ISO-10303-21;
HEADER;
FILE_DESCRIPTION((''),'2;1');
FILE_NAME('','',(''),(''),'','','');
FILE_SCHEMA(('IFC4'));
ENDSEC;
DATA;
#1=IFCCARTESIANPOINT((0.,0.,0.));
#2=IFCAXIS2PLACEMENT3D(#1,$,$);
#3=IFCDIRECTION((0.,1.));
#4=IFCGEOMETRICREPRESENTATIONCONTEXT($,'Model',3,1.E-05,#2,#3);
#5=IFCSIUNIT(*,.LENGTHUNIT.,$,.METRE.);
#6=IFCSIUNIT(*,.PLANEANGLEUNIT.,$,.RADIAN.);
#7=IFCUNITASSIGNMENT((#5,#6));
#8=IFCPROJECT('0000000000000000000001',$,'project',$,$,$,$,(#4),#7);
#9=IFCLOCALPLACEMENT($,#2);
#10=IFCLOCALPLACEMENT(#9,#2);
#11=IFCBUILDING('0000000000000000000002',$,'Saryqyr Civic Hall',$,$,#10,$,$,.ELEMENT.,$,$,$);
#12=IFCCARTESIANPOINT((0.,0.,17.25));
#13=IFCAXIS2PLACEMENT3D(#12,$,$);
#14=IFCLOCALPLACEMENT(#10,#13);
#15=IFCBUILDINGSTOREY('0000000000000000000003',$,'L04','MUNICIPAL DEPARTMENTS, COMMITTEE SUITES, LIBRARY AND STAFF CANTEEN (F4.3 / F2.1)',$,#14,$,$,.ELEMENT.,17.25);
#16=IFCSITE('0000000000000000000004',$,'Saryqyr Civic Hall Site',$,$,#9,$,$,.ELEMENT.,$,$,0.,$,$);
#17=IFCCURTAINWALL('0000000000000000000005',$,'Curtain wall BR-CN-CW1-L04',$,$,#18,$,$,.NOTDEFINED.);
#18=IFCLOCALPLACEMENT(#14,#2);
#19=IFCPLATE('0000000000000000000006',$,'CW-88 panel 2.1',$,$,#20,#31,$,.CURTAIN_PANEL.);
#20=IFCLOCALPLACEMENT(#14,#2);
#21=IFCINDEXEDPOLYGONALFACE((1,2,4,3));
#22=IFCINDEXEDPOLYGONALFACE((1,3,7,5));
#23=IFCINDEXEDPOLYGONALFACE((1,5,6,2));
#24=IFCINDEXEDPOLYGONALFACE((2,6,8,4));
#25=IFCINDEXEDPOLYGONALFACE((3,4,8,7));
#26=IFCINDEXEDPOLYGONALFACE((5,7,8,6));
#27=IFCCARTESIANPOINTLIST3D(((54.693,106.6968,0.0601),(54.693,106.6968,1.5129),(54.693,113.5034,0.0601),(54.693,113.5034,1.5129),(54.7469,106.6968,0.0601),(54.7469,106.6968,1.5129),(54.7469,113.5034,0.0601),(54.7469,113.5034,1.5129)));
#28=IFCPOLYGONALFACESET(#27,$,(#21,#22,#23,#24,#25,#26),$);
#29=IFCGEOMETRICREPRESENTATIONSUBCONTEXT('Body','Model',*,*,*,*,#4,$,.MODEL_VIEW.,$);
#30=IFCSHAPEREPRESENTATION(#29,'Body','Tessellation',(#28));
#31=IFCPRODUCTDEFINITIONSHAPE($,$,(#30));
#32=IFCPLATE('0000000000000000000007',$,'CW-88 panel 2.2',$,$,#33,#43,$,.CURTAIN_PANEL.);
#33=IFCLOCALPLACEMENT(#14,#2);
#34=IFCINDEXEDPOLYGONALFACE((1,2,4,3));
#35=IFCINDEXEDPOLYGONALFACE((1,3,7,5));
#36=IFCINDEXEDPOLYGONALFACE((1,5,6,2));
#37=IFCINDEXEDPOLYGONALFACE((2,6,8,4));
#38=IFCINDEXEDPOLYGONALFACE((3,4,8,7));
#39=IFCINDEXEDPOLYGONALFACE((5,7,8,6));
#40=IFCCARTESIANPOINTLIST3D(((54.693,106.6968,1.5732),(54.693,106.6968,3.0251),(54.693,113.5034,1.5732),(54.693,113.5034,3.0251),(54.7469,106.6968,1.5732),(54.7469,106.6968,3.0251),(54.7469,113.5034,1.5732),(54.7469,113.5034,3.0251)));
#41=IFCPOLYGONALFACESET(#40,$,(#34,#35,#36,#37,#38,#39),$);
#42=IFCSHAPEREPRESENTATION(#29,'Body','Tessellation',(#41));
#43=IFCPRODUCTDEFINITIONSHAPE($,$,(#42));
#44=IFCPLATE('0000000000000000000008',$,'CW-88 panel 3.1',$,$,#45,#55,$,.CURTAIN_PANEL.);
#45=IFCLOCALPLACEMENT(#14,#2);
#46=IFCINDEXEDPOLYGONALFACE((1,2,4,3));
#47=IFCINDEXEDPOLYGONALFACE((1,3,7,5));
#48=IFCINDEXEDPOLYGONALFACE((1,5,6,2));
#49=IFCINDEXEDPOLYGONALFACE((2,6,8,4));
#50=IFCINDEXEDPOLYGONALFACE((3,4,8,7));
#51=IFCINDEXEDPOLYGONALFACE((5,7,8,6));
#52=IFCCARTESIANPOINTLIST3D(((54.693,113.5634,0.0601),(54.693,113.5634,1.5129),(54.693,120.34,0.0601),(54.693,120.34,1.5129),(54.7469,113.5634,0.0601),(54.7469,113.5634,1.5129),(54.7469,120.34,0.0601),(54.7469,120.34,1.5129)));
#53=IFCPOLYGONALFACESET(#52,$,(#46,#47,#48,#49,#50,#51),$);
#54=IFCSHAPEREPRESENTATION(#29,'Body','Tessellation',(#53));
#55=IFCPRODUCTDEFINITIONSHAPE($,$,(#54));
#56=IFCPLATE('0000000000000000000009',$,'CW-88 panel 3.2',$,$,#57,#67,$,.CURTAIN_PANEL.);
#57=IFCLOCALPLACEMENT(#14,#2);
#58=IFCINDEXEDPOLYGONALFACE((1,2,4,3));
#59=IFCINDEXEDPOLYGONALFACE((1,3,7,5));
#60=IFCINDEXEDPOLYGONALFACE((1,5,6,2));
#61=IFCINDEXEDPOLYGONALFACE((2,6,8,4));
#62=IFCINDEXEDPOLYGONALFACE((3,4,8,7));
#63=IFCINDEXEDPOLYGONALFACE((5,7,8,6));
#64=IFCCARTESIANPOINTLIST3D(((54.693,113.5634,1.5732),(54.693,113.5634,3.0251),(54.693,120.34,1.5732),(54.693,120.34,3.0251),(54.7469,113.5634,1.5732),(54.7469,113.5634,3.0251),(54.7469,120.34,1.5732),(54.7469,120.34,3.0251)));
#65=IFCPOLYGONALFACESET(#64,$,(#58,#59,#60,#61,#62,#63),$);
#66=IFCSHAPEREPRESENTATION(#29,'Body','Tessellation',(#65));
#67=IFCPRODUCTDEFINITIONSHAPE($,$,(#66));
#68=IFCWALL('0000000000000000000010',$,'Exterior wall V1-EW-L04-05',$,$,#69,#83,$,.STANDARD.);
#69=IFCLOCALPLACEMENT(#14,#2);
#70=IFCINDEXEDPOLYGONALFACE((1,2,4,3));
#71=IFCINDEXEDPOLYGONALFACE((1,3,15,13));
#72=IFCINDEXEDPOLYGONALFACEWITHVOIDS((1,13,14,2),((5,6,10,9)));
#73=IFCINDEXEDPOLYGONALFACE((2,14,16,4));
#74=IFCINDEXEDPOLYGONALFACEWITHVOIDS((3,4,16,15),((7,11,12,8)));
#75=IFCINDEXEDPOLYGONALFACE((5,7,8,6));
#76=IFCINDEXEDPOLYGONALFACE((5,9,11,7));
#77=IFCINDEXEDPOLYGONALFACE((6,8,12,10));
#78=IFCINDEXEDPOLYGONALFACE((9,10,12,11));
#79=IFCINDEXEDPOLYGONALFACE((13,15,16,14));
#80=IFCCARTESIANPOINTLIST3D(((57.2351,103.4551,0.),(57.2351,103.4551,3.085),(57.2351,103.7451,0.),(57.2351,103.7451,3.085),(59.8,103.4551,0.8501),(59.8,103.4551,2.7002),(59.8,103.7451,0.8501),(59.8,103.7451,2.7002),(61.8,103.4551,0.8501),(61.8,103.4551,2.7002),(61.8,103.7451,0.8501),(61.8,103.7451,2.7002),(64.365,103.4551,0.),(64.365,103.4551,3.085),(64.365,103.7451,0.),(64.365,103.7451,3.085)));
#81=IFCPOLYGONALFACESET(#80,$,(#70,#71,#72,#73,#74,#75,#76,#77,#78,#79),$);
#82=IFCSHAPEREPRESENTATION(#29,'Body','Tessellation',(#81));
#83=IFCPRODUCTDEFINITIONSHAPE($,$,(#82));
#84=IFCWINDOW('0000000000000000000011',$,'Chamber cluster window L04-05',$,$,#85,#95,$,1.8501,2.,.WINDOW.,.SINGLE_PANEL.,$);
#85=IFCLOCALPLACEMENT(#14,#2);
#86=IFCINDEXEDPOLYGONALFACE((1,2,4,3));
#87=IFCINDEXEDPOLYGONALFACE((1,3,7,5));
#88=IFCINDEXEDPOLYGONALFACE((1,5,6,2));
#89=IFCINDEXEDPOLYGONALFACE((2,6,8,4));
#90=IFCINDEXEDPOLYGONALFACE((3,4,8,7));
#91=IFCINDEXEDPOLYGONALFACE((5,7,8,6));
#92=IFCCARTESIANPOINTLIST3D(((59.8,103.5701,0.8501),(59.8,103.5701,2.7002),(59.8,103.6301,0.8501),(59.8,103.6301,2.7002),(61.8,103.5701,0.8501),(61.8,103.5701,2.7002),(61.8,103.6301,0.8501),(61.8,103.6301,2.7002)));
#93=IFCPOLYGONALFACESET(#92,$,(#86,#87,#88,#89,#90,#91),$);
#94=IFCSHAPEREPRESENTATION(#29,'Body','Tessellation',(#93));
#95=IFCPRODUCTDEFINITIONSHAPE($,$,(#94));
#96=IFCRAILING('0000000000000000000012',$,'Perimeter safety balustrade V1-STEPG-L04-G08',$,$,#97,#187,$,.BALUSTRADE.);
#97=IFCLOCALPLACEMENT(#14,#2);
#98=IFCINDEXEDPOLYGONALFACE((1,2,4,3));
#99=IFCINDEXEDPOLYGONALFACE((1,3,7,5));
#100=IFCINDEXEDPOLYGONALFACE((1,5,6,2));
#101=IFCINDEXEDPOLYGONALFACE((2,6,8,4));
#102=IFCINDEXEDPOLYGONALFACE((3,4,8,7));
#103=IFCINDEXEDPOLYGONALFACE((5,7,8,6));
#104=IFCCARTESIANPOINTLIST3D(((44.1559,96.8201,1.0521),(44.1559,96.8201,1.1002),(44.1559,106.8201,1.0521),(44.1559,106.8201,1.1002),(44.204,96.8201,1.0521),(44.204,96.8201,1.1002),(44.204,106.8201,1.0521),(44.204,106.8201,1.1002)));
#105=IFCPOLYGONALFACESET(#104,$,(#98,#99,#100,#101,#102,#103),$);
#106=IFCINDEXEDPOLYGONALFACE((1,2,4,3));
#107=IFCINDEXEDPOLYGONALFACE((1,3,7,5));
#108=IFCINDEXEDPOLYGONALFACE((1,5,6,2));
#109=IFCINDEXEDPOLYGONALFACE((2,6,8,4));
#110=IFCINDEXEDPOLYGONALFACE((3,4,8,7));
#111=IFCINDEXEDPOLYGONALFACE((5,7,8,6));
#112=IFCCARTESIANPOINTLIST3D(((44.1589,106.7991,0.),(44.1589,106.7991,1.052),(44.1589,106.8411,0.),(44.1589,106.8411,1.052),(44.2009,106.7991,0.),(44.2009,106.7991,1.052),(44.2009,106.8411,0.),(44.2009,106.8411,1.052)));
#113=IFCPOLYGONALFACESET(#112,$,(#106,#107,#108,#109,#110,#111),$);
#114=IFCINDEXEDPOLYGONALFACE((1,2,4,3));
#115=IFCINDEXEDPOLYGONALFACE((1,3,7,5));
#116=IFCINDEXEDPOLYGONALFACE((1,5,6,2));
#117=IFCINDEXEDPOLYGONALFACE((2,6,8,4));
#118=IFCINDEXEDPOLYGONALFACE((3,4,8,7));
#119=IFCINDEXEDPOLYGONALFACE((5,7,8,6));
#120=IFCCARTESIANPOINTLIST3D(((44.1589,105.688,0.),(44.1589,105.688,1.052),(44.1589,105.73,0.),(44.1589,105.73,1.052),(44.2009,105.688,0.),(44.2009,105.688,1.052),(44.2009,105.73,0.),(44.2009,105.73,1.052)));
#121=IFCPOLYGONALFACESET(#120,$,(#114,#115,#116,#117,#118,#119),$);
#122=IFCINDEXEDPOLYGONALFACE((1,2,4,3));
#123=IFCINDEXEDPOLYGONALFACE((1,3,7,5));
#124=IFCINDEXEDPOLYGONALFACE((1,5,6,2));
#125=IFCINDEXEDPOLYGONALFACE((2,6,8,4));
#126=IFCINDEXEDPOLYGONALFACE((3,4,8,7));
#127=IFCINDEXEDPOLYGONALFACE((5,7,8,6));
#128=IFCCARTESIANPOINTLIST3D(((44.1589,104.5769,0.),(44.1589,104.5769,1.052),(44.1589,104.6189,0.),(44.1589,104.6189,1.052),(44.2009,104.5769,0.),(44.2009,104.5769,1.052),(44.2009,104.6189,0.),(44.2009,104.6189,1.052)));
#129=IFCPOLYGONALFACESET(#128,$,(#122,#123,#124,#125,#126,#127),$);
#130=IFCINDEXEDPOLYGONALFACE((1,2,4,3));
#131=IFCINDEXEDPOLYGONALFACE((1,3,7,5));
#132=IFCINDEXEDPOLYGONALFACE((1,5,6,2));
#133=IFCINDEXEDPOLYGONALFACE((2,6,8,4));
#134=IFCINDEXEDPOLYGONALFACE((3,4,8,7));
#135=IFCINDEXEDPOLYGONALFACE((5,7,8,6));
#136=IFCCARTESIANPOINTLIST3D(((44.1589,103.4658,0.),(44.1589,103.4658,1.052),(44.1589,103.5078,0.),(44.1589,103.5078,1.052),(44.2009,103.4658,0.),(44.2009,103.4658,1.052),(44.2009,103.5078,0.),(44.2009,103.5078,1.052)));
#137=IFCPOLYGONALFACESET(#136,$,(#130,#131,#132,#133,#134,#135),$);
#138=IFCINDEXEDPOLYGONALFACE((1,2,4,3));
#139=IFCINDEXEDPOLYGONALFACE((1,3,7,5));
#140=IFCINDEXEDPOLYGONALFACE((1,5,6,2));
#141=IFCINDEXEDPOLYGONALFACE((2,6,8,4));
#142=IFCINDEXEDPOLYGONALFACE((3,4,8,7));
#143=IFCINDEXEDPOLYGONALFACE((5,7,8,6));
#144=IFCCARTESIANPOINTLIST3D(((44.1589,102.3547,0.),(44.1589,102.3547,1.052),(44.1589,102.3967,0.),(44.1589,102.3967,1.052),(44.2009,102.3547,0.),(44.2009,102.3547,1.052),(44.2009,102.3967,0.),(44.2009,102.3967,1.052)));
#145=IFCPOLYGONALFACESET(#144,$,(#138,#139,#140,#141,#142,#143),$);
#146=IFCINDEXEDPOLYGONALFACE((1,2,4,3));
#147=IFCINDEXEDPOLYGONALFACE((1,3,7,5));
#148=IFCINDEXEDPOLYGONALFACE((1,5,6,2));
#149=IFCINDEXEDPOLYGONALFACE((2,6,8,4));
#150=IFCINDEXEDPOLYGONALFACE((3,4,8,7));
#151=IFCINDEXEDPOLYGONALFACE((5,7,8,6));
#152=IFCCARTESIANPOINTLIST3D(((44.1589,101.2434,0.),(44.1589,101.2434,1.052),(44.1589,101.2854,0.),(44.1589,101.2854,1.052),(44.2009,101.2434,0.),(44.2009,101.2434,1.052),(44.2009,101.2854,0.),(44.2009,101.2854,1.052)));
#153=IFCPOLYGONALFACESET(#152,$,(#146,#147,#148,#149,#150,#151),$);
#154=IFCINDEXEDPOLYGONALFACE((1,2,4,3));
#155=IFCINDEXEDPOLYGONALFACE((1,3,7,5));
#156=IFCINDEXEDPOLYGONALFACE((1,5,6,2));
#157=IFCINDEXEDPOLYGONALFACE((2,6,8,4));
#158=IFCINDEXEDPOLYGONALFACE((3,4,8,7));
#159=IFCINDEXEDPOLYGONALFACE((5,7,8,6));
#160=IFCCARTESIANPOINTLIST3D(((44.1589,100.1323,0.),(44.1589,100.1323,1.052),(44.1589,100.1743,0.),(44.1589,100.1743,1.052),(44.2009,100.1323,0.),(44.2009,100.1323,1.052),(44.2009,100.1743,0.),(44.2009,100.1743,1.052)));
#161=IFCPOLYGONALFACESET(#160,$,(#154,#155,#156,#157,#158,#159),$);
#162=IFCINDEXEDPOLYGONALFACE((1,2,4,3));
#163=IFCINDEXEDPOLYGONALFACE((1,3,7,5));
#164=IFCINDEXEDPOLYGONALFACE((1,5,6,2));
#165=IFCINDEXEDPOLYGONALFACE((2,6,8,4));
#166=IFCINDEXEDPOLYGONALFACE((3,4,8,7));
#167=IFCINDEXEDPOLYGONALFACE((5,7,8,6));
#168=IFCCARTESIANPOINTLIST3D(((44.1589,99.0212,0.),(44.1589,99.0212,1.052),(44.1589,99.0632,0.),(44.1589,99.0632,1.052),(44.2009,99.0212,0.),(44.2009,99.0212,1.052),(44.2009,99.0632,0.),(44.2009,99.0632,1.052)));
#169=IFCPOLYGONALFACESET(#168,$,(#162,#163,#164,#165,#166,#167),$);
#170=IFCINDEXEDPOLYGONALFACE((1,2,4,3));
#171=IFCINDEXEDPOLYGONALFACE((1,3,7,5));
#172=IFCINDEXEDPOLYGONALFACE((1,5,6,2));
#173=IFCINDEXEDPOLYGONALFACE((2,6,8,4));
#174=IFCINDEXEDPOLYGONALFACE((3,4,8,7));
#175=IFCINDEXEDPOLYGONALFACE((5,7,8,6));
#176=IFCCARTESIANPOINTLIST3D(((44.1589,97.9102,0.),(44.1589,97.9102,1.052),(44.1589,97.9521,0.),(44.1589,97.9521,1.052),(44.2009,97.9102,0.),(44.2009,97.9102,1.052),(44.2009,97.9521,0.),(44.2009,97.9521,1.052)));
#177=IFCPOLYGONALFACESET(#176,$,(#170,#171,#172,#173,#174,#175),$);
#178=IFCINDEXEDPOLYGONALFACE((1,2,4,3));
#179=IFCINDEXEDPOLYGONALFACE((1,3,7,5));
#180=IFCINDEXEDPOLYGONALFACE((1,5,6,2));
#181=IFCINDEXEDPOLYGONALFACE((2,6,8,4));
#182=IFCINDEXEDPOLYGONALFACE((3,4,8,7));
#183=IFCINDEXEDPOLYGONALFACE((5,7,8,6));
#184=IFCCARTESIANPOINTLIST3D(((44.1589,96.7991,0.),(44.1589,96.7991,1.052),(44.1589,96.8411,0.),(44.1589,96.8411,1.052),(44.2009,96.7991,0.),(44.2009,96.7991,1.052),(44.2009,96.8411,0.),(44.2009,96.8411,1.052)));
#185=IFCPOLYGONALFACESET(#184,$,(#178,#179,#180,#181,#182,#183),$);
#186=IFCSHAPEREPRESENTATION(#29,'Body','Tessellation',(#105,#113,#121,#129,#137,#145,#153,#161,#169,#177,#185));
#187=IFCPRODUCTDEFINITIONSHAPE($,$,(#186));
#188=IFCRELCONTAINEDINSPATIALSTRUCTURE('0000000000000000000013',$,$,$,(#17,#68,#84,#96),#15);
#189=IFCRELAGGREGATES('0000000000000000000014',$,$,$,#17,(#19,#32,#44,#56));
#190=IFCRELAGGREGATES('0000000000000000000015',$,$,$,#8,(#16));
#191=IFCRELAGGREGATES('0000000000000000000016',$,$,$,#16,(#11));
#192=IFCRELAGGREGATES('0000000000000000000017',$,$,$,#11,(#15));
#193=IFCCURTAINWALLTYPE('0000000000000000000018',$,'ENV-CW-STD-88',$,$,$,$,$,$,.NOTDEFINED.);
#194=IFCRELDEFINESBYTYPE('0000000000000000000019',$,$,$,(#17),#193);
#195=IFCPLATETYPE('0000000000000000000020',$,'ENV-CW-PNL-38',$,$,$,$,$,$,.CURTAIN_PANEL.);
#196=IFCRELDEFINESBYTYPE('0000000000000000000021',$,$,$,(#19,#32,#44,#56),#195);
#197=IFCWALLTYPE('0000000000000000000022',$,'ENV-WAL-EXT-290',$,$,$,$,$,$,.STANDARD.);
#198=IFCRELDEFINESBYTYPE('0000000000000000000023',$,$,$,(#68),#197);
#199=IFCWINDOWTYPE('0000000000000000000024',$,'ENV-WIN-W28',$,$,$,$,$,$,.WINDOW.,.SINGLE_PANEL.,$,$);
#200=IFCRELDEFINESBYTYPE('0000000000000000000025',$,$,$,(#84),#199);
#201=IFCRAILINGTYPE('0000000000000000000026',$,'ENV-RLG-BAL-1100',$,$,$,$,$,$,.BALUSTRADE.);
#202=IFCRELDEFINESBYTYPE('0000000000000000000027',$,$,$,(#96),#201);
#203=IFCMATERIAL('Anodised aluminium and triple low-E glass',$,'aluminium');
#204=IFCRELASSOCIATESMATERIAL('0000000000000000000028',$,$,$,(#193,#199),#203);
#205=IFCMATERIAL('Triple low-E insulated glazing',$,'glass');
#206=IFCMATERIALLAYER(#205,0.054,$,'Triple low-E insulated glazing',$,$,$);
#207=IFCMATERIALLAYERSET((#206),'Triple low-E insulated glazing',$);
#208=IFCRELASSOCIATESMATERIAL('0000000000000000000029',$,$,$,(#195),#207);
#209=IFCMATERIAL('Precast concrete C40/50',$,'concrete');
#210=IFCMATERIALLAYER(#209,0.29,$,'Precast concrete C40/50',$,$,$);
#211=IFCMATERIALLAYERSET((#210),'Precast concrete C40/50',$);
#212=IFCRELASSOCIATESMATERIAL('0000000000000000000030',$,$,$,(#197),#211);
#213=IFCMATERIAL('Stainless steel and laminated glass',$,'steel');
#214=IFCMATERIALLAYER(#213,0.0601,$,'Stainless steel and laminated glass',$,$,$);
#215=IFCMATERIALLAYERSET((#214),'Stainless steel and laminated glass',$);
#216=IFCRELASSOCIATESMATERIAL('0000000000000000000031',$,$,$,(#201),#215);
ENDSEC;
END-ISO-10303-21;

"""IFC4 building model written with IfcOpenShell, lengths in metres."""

from ifc_helpers import new_model, si_unit, direction, frame, frame_2d, origin, origin_2d, place, context, subcontext, project, spatial, rectangle, extrude, material, layer, layer_set, type_object, element, fill, aggregate, save


model = new_model("IFC4")

# Units and contexts
model_context = context("Model", 3, precision=1e-05, world=origin(), true_north=direction((0.0, 1.0)))
body_context = subcontext(model_context, "Body", "Model", "MODEL_VIEW")
ifc_project = project(units=[si_unit("LENGTHUNIT", "METRE"), si_unit("PLANEANGLEUNIT", "RADIAN")], contexts=[model_context])

# Site, building, storey
site_placement = place(None, origin())
site = spatial("IfcSite", under=ifc_project, at=site_placement, Name="Saryqyr Civic Hall Site", CompositionType="ELEMENT", RefElevation=0.0)
building_placement = place(site_placement, origin())
building = spatial("IfcBuilding", under=site, at=building_placement, Name="Saryqyr Civic Hall", CompositionType="ELEMENT")
storey_placement = place(building_placement, frame((0.0, 0.0, 17.25)))
storey = spatial("IfcBuildingStorey", under=building, at=storey_placement, Name="L04", Description="MUNICIPAL DEPARTMENTS, COMMITTEE SUITES, LIBRARY AND STAFF CANTEEN (F4.3 / F2.1)", CompositionType="ELEMENT", Elevation=17.25)

# Curtain wall
ifc_material_1 = material(Name="Anodised aluminium and triple low-E glass", Category="aluminium")
curtain_wall_type = type_object("IfcCurtainWallType", Name="ENV-CW-STD-88", PredefinedType="NOTDEFINED", material=ifc_material_1)
curtain_wall_placement = place(storey_placement, origin())
curtain_wall = element("IfcCurtainWall", 1, at=curtain_wall_placement, inside=storey, type_object=curtain_wall_type, Name="Curtain wall BR-CN-CW1-L04", PredefinedType="NOTDEFINED")

# Plates
ifc_material_2 = material(Name="Triple low-E insulated glazing", Category="glass")
ifc_layer_1 = layer(ifc_material_2, 0.054, Name="Triple low-E insulated glazing")
ifc_layer_set_1 = layer_set([ifc_layer_1], Name="Triple low-E insulated glazing")
plate_type = type_object("IfcPlateType", Name="ENV-CW-PNL-38", PredefinedType="CURTAIN_PANEL", material=ifc_layer_set_1)
plate_1_placement = place(storey_placement, frame((54.72, 110.1001, 0.0601), z_axis=(0.0, 0.0, 1.0), x_axis=(0.0, 1.0, 0.0)))
plate_1 = element("IfcPlate", 2, at=plate_1_placement, type_object=plate_type, Name="CW-88 panel 2.1", PredefinedType="CURTAIN_PANEL", context=body_context, shape_type="SweptSolid", body=[
    extrude(rectangle(XDim=6.8066, YDim=0.054, at=origin_2d()), origin(), (0.0, 0.0, 1.0), 1.4529),
])
plate_2_placement = place(storey_placement, frame((54.72, 110.1001, 1.5732), z_axis=(0.0, 0.0, 1.0), x_axis=(0.0, 1.0, 0.0)))
plate_2 = element("IfcPlate", 3, at=plate_2_placement, type_object=plate_type, Name="CW-88 panel 2.2", PredefinedType="CURTAIN_PANEL", context=body_context, shape_type="SweptSolid", body=[
    extrude(rectangle(XDim=6.8066, YDim=0.054, at=origin_2d()), origin(), (0.0, 0.0, 1.0), 1.4519),
])
plate_3_placement = place(storey_placement, frame((54.72, 116.9517, 0.0601), z_axis=(0.0, 0.0, 1.0), x_axis=(0.0, 1.0, 0.0)))
plate_3 = element("IfcPlate", 4, at=plate_3_placement, type_object=plate_type, Name="CW-88 panel 3.1", PredefinedType="CURTAIN_PANEL", context=body_context, shape_type="SweptSolid", body=[
    extrude(rectangle(XDim=6.7766, YDim=0.054, at=origin_2d()), origin(), (0.0, 0.0, 1.0), 1.4529),
])
plate_4_placement = place(storey_placement, frame((54.72, 116.9517, 1.5732), z_axis=(0.0, 0.0, 1.0), x_axis=(0.0, 1.0, 0.0)))
plate_4 = element("IfcPlate", 5, at=plate_4_placement, type_object=plate_type, Name="CW-88 panel 3.2", PredefinedType="CURTAIN_PANEL", context=body_context, shape_type="SweptSolid", body=[
    extrude(rectangle(XDim=6.7766, YDim=0.054, at=origin_2d()), origin(), (0.0, 0.0, 1.0), 1.4519),
])
aggregate(curtain_wall, [plate_1, plate_2, plate_3, plate_4])

# Wall, opening, window
ifc_material_3 = material(Name="Precast concrete C40/50", Category="concrete")
ifc_layer_2 = layer(ifc_material_3, 0.29, Name="Precast concrete C40/50")
ifc_layer_set_2 = layer_set([ifc_layer_2], Name="Precast concrete C40/50")
wall_type = type_object("IfcWallType", Name="ENV-WAL-EXT-290", PredefinedType="STANDARD", material=ifc_layer_set_2)
wall_placement = place(storey_placement, frame((57.2351, 103.6001, 0.0), z_axis=(0.0, 0.0, 1.0), x_axis=(1.0, 0.0, 0.0)))
wall = element("IfcWall", 6, at=wall_placement, inside=storey, type_object=wall_type, Name="Exterior wall V1-EW-L04-05", PredefinedType="STANDARD", context=body_context, shape_type="SweptSolid", body=[
    extrude(rectangle(XDim=7.1299, YDim=0.29, at=frame_2d((3.5649, 0.0))), origin(), (0.0, 0.0, 1.0), 3.085),
])
opening_placement = place(wall_placement, frame((2.5649, 0.0, 0.8501)))
opening = element("IfcOpeningElement", 7, at=opening_placement, cuts=wall, PredefinedType="OPENING", context=body_context, shape_type="SweptSolid", body=[
    extrude(rectangle(XDim=2.0, YDim=1.8501, at=frame_2d((1.0, 0.925))), frame((0.0, 0.155, 0.0), z_axis=(0.0, -1.0, 0.0), x_axis=(1.0, 0.0, 0.0)), (0.0, 0.0, 1.0), 0.3101),
])
window_type = type_object("IfcWindowType", Name="ENV-WIN-W28", PartitioningType="SINGLE_PANEL", PredefinedType="WINDOW", material=ifc_material_1)
window_placement = place(opening_placement, origin())
window = element("IfcWindow", 8, at=window_placement, inside=storey, type_object=window_type, Name="Chamber cluster window L04-05", OverallHeight=1.8501, OverallWidth=2.0, PartitioningType="SINGLE_PANEL", PredefinedType="WINDOW", context=body_context, shape_type="SweptSolid", body=[
    extrude(rectangle(XDim=2.0, YDim=1.8501, at=frame_2d((1.0, 0.925))), frame((0.0, 0.03, 0.0), z_axis=(0.0, -1.0, 0.0), x_axis=(1.0, 0.0, 0.0)), (0.0, 0.0, 1.0), 0.0601),
])
fill(opening, window)

# Railing
ifc_material_4 = material(Name="Stainless steel and laminated glass", Category="steel")
ifc_layer_3 = layer(ifc_material_4, 0.0601, Name="Stainless steel and laminated glass")
ifc_layer_set_3 = layer_set([ifc_layer_3], Name="Stainless steel and laminated glass")
railing_type_1 = type_object("IfcRailingType", Name="ENV-RLG-BAL-1100", PredefinedType="BALUSTRADE", material=ifc_layer_set_3)
railing_1_placement = place(storey_placement, frame((44.1799, 106.8201, 0.0)))
element("IfcRailing", 9, at=railing_1_placement, inside=storey, type_object=railing_type_1, Name="Perimeter safety balustrade V1-STEPG-L04-G08", PredefinedType="BALUSTRADE", context=body_context, shape_type="SweptSolid", body=[
    extrude(rectangle(XDim=0.0481, YDim=0.0481, at=origin_2d()), frame((0.0, 0.0, 1.0762), z_axis=(0.0, -1.0, 0.0), x_axis=(1.0, 0.0, 0.0)), (0.0, 0.0, 1.0), 10.0),
    extrude(rectangle(XDim=0.042, YDim=0.042, at=origin_2d()), origin(), (0.0, 0.0, 1.0), 1.052),
    extrude(rectangle(XDim=0.042, YDim=0.042, at=origin_2d()), frame((0.0, -1.1111, 0.0)), (0.0, 0.0, 1.0), 1.052),
    extrude(rectangle(XDim=0.042, YDim=0.042, at=origin_2d()), frame((0.0, -2.2222, 0.0)), (0.0, 0.0, 1.0), 1.052),
    extrude(rectangle(XDim=0.042, YDim=0.042, at=origin_2d()), frame((0.0, -3.3333, 0.0)), (0.0, 0.0, 1.0), 1.052),
    extrude(rectangle(XDim=0.042, YDim=0.042, at=origin_2d()), frame((0.0, -4.4443, 0.0)), (0.0, 0.0, 1.0), 1.052),
    extrude(rectangle(XDim=0.042, YDim=0.042, at=origin_2d()), frame((0.0, -5.5557, 0.0)), (0.0, 0.0, 1.0), 1.052),
    extrude(rectangle(XDim=0.042, YDim=0.042, at=origin_2d()), frame((0.0, -6.6667, 0.0)), (0.0, 0.0, 1.0), 1.052),
    extrude(rectangle(XDim=0.042, YDim=0.042, at=origin_2d()), frame((0.0, -7.7778, 0.0)), (0.0, 0.0, 1.0), 1.052),
    extrude(rectangle(XDim=0.042, YDim=0.042, at=origin_2d()), frame((0.0, -8.8889, 0.0)), (0.0, 0.0, 1.0), 1.052),
    extrude(rectangle(XDim=0.042, YDim=0.042, at=origin_2d()), frame((0.0, -10.0, 0.0)), (0.0, 0.0, 1.0), 1.052),
])

save(model, "model.ifc")
